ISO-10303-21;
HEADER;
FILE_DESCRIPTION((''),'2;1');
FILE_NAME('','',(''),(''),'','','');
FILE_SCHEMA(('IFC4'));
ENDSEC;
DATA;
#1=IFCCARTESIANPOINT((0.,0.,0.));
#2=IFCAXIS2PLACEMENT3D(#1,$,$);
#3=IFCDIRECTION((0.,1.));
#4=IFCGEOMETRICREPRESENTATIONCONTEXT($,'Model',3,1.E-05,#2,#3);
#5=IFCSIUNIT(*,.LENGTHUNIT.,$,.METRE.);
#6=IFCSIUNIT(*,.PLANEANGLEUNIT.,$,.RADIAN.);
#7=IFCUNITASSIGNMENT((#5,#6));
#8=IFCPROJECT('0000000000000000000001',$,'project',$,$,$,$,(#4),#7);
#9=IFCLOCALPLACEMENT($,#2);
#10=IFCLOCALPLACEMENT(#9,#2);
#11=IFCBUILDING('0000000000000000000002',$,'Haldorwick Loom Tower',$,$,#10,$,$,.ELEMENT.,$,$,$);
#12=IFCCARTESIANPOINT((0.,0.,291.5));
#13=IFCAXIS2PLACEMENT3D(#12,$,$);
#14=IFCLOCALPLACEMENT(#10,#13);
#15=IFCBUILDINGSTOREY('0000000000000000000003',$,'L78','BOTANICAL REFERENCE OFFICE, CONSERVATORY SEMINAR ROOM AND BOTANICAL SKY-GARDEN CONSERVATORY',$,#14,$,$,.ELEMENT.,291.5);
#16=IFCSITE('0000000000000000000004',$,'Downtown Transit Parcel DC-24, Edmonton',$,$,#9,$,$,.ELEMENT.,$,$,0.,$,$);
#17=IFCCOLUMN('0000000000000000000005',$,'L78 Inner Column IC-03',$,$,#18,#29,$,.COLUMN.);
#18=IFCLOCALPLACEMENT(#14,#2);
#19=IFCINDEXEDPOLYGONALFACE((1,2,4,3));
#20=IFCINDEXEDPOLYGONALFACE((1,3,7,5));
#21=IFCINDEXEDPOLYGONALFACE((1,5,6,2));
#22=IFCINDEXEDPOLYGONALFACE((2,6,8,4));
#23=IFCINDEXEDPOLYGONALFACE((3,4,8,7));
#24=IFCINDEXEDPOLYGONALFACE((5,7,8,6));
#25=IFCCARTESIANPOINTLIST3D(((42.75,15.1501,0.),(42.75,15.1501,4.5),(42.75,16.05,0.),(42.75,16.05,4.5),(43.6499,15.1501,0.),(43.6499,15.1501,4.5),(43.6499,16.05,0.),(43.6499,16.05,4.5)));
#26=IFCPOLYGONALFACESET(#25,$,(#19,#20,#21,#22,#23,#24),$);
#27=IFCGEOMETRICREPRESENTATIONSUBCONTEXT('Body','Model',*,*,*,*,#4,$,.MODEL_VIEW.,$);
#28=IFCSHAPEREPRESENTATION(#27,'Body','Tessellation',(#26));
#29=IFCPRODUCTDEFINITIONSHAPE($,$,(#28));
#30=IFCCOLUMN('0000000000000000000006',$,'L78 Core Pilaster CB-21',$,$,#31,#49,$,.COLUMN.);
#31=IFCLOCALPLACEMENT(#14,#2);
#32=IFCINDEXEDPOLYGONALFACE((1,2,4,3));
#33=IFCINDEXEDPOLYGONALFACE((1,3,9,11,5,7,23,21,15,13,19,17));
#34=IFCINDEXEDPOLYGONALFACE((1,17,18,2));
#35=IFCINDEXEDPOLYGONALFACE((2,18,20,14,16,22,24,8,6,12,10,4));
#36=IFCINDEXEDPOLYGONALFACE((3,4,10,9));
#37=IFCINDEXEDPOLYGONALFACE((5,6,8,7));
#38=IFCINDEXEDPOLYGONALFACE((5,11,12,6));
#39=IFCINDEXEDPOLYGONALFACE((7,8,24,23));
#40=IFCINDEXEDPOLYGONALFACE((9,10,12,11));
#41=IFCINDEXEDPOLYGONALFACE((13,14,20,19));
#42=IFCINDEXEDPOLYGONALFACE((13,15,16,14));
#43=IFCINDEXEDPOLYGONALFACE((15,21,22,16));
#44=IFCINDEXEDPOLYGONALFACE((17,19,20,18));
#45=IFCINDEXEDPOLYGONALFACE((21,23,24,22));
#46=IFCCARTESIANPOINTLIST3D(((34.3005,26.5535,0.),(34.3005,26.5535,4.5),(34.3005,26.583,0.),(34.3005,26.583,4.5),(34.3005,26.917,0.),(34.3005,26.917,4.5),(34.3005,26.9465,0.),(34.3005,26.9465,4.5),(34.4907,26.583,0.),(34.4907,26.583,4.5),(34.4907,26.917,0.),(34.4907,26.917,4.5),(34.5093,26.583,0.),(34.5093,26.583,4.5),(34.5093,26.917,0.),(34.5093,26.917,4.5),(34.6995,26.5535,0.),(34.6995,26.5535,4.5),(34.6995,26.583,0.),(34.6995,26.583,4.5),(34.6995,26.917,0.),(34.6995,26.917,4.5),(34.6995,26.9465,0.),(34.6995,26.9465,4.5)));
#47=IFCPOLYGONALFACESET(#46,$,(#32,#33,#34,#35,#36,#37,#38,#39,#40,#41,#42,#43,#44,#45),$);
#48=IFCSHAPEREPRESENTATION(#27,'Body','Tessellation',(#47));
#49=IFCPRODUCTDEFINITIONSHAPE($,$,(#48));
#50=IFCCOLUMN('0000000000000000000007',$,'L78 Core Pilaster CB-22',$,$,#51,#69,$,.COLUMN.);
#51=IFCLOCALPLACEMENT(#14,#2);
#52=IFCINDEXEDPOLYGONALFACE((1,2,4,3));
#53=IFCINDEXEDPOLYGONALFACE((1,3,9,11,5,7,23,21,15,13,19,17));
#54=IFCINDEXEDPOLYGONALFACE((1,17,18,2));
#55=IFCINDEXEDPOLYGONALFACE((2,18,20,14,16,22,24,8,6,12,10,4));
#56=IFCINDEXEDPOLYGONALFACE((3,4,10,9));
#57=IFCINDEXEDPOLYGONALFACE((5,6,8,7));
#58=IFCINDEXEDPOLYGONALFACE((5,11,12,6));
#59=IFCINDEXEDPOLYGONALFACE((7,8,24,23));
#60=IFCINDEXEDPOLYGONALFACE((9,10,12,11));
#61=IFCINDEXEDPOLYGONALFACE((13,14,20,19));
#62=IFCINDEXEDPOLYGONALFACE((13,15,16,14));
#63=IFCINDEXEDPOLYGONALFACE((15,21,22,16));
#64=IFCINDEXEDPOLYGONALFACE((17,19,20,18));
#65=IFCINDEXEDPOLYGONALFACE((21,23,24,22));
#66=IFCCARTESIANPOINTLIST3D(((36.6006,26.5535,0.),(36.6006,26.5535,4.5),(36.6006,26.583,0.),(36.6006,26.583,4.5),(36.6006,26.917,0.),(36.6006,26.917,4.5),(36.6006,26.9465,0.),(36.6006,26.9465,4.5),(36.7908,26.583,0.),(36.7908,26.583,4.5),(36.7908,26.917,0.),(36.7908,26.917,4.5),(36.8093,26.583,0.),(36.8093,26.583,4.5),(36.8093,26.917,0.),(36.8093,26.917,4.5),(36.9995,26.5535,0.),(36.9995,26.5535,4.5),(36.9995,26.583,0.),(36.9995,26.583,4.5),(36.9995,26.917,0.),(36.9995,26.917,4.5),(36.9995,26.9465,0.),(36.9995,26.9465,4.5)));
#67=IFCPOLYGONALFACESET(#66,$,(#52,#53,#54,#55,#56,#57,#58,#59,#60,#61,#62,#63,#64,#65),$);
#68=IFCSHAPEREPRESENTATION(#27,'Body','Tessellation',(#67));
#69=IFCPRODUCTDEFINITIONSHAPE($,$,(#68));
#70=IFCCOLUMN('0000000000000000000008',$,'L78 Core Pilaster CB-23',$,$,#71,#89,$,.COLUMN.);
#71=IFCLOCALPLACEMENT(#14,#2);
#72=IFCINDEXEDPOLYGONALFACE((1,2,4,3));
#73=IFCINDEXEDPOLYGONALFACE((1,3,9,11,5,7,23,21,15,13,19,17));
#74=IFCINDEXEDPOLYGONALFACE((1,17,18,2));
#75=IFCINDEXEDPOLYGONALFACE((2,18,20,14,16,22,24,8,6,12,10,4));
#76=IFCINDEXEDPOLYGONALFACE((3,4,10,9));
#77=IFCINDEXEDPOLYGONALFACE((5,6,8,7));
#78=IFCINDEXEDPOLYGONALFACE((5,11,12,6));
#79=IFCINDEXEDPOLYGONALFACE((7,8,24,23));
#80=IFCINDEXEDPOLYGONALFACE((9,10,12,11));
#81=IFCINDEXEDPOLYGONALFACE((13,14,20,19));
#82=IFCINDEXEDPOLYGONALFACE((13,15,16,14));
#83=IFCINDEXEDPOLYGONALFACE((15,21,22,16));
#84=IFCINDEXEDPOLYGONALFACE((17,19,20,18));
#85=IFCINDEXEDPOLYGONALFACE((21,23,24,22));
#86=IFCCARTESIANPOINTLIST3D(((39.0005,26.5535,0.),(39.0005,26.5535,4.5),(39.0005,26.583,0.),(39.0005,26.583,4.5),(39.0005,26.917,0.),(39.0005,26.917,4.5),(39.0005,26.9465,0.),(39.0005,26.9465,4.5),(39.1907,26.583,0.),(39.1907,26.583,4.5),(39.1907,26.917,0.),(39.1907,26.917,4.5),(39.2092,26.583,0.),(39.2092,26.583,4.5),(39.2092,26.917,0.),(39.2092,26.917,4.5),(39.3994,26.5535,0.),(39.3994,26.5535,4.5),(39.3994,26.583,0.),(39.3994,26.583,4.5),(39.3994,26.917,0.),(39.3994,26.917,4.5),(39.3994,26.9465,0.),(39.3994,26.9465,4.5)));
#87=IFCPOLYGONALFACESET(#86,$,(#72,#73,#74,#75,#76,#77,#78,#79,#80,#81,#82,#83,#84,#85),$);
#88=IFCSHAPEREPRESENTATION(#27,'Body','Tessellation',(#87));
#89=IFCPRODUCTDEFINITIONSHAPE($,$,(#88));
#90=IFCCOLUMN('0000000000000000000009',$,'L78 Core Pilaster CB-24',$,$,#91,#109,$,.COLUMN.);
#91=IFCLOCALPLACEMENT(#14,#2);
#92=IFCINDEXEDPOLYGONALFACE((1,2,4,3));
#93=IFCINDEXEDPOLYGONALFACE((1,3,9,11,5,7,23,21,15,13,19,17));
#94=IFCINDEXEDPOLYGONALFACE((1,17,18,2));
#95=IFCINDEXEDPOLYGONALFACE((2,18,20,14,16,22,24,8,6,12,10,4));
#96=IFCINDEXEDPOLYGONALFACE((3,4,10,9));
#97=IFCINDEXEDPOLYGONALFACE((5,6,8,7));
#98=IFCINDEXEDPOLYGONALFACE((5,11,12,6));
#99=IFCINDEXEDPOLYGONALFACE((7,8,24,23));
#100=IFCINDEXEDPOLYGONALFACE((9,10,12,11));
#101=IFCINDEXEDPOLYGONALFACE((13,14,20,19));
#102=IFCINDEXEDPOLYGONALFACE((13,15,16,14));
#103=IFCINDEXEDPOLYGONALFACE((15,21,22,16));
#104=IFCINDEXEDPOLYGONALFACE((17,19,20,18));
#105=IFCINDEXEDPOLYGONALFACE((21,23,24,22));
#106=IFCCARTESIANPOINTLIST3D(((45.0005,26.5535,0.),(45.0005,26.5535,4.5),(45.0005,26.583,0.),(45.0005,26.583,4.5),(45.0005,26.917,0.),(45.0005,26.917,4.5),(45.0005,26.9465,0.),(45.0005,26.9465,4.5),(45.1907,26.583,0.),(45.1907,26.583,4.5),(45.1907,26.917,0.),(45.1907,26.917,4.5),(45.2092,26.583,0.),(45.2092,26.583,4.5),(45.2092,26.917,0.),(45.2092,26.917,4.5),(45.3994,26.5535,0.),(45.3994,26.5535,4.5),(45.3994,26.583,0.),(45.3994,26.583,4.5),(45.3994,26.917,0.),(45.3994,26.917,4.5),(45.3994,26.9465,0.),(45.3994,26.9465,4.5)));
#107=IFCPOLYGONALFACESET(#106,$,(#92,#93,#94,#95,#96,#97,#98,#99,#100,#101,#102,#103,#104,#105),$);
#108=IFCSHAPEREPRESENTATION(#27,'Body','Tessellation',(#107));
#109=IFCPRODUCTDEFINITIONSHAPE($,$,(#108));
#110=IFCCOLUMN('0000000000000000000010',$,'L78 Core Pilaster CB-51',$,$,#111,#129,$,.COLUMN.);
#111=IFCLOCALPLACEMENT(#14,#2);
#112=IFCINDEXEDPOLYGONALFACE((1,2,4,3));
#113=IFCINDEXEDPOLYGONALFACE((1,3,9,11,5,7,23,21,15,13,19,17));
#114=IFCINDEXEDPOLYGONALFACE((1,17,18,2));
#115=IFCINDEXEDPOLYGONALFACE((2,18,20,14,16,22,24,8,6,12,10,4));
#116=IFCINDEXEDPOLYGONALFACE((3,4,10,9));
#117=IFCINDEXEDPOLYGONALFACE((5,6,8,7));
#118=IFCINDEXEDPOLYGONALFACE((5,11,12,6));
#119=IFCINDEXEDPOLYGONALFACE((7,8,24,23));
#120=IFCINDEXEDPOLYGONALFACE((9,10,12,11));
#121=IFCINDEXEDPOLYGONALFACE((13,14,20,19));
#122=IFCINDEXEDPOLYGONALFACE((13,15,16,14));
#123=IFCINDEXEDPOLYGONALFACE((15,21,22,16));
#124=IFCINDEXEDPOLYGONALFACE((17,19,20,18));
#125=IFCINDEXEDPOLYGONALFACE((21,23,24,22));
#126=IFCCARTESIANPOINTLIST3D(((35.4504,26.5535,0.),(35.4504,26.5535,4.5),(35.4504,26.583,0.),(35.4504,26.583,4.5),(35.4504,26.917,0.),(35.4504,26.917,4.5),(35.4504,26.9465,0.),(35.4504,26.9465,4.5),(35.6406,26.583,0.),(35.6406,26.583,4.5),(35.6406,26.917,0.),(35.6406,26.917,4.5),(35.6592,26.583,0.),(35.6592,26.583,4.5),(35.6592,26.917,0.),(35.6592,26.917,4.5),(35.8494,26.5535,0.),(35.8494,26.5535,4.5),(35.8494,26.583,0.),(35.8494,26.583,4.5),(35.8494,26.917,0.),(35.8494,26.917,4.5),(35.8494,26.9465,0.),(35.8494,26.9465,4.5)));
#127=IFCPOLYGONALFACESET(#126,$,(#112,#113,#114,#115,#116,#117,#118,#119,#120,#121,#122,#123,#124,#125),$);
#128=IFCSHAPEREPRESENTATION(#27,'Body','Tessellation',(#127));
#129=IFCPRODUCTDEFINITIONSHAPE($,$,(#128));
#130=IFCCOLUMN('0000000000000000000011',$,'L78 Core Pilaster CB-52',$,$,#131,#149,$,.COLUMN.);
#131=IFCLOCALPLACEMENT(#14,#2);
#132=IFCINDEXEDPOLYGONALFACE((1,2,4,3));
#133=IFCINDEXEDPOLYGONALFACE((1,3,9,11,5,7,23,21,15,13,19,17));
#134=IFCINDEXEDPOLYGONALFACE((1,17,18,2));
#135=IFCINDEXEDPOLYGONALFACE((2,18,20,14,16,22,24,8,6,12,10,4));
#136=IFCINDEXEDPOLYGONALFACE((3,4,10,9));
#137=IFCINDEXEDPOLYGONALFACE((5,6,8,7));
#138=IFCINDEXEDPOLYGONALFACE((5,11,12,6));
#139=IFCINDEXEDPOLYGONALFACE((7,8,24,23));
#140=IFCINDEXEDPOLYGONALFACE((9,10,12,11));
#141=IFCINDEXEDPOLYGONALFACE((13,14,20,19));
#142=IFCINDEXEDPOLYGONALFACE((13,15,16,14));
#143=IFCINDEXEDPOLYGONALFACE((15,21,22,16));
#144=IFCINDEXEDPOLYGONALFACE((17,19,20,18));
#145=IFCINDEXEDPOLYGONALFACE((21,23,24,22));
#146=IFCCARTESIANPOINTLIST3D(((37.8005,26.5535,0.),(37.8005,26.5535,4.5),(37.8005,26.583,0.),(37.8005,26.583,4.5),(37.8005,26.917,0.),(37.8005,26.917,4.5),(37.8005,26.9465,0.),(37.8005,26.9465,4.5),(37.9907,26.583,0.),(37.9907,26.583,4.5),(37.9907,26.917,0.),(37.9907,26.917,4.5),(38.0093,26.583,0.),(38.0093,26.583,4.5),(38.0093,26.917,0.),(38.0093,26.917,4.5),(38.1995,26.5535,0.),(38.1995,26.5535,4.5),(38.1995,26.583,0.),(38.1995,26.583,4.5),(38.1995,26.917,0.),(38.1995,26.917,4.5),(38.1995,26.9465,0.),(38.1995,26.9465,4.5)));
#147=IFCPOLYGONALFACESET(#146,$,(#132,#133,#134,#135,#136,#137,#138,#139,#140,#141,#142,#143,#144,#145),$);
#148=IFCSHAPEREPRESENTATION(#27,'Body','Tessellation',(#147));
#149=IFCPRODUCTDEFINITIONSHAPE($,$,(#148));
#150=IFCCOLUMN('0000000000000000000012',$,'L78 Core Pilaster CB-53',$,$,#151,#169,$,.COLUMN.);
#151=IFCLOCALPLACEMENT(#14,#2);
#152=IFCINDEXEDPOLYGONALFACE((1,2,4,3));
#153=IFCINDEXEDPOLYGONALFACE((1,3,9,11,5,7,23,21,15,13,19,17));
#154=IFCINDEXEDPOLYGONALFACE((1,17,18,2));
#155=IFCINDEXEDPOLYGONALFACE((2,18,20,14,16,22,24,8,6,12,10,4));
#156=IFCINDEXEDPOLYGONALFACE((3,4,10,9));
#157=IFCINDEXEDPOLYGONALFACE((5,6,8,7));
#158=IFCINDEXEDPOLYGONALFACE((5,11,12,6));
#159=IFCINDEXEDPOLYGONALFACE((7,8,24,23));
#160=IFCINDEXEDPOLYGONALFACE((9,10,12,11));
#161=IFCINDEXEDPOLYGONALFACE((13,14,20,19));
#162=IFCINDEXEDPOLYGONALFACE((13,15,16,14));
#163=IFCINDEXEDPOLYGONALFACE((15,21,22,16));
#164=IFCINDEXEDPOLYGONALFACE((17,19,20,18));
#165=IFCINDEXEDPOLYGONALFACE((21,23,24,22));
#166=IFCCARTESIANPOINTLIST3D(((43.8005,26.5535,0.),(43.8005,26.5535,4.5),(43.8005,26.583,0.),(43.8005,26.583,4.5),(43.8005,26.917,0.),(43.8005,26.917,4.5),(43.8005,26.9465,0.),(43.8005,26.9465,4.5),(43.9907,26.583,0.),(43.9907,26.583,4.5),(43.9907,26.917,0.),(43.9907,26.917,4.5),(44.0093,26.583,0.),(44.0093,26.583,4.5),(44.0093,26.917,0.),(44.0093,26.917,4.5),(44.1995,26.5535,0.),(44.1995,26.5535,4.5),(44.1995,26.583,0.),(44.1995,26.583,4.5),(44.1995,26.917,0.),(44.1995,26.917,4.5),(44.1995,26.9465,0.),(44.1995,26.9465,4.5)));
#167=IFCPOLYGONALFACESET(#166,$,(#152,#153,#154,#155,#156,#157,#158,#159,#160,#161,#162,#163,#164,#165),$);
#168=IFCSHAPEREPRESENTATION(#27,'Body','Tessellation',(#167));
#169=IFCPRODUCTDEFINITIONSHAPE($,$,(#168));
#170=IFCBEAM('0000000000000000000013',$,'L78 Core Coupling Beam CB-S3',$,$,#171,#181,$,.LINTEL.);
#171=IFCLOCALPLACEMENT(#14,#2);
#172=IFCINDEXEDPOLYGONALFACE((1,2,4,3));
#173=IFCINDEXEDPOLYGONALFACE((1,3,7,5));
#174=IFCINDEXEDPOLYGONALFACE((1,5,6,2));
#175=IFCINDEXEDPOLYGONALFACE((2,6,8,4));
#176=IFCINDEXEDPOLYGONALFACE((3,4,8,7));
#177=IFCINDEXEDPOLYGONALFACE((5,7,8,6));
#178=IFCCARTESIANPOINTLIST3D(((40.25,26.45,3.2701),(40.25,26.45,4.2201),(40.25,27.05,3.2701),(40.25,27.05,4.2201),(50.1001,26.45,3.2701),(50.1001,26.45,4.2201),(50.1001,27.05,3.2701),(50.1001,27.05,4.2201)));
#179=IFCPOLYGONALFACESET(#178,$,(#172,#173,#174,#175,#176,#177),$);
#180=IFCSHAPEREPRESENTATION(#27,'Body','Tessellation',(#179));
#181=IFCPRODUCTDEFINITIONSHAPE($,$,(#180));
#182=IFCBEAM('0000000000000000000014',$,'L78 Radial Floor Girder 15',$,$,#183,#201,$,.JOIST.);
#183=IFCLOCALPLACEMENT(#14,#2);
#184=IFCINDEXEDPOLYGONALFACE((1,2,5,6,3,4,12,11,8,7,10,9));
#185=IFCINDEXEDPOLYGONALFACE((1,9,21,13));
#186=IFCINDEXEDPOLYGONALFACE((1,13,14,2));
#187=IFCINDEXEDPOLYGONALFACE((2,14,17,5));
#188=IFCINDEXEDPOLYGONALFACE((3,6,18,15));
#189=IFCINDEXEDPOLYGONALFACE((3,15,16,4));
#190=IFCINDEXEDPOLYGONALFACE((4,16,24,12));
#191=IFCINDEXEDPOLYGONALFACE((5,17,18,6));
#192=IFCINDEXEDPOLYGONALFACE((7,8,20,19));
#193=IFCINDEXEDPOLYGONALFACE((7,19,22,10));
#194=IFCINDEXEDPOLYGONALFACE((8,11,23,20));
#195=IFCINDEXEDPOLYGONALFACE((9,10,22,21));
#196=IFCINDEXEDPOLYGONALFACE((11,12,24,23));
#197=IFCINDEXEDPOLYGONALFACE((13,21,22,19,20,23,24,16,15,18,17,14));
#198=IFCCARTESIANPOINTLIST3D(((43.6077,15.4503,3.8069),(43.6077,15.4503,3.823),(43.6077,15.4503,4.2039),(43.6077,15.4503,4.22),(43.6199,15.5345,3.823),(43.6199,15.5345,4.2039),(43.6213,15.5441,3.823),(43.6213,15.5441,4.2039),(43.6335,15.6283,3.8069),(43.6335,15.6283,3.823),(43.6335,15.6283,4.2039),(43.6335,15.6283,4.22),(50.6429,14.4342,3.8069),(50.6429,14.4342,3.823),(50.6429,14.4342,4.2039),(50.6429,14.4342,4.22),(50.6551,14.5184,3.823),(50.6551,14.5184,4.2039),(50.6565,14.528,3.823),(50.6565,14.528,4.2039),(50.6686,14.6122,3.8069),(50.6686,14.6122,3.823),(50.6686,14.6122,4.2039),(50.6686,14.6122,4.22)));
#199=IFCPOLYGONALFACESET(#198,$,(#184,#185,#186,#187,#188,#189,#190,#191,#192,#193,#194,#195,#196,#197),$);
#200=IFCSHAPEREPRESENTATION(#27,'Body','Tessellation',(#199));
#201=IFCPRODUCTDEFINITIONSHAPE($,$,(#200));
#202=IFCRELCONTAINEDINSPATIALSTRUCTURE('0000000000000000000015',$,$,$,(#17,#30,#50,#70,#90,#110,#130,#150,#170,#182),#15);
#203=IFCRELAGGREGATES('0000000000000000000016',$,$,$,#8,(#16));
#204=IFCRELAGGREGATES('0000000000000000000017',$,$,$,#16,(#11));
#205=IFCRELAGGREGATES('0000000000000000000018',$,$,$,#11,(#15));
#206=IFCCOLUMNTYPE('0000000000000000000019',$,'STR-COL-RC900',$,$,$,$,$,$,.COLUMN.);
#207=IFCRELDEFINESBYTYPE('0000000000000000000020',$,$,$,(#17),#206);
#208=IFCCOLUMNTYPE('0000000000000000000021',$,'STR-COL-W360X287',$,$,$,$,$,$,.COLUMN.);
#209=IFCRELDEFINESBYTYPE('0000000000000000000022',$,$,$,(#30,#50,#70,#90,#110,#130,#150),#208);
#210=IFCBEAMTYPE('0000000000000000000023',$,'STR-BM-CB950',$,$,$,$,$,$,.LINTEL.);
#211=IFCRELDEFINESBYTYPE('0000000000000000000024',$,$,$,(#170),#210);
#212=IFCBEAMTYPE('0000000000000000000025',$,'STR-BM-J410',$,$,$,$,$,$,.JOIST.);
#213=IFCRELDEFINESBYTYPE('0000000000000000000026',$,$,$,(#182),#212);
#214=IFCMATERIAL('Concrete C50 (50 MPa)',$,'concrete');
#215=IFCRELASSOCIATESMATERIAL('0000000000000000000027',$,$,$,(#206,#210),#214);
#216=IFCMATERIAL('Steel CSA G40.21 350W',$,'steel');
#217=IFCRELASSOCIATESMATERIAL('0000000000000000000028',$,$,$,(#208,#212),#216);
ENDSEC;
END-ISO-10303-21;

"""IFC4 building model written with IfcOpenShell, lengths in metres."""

from ifc_helpers import new_model, si_unit, direction, frame, origin, origin_2d, place, context, subcontext, project, spatial, rectangle, i_section, extrude, material, material_profile, profile_set, type_object, element, save


model = new_model("IFC4")

# Units and contexts
model_context = context("Model", 3, precision=1e-05, world=origin(), true_north=direction((0.0, 1.0)))
body_context = subcontext(model_context, "Body", "Model", "MODEL_VIEW")
ifc_project = project(units=[si_unit("LENGTHUNIT", "METRE"), si_unit("PLANEANGLEUNIT", "RADIAN")], contexts=[model_context])

# Site, building, storey
site_placement = place(None, origin())
site = spatial("IfcSite", under=ifc_project, at=site_placement, Name="Downtown Transit Parcel DC-24, Edmonton", CompositionType="ELEMENT", RefElevation=0.0)
building_placement = place(site_placement, origin())
building = spatial("IfcBuilding", under=site, at=building_placement, Name="Haldorwick Loom Tower", CompositionType="ELEMENT")
storey_placement = place(building_placement, frame((0.0, 0.0, 291.5)))
storey = spatial("IfcBuildingStorey", under=building, at=storey_placement, Name="L78", Description="BOTANICAL REFERENCE OFFICE, CONSERVATORY SEMINAR ROOM AND BOTANICAL SKY-GARDEN CONSERVATORY", CompositionType="ELEMENT", Elevation=291.5)

# Columns
ifc_material_1 = material(Name="Concrete C50 (50 MPa)", Category="concrete")
ifc_material_profile_1 = material_profile(ifc_material_1, rectangle(XDim=0.8999, YDim=0.8999, at=origin_2d()), Name="RC900X900", Category="concrete")
ifc_profile_set_1 = profile_set([ifc_material_profile_1], Name="Concrete C50 (50 MPa)")
column_type_1 = type_object("IfcColumnType", Name="STR-COL-RC900", PredefinedType="COLUMN", material=ifc_profile_set_1)
column_placement = place(storey_placement, frame((43.2, 15.6001, 0.0), z_axis=(0.0, 0.0, 1.0), x_axis=(1.0, 0.0, 0.0)))
element("IfcColumn", 1, at=column_placement, inside=storey, type_object=column_type_1, Name="L78 Inner Column IC-03", PredefinedType="COLUMN", context=body_context, shape_type="SweptSolid", body=[
    extrude(rectangle(XDim=0.8999, YDim=0.8999, at=origin_2d()), origin(), (0.0, 0.0, 1.0), 4.5),
])
ifc_material_2 = material(Name="Steel CSA G40.21 350W", Category="steel")
ifc_material_profile_2 = material_profile(ifc_material_2, i_section(OverallWidth=0.3989, OverallDepth=0.3931, WebThickness=0.0186, FlangeThickness=0.0295, at=origin_2d()), Name="W360X287", Category="steel")
ifc_profile_set_2 = profile_set([ifc_material_profile_2], Name="Steel CSA G40.21 350W")
column_type_2 = type_object("IfcColumnType", Name="STR-COL-W360X287", PredefinedType="COLUMN", material=ifc_profile_set_2)
for number, where, z_axis, x_axis, name in (
    (2, (34.5, 26.75, 0.0), (0.0, 0.0, 1.0), (1.0, 0.0, 0.0), "L78 Core Pilaster CB-21"),
    (3, (36.8, 26.75, 0.0), (0.0, 0.0, 1.0), (1.0, 0.0, 0.0), "L78 Core Pilaster CB-22"),
    (4, (39.2, 26.75, 0.0), (0.0, 0.0, 1.0), (1.0, 0.0, 0.0), "L78 Core Pilaster CB-23"),
    (5, (45.2, 26.75, 0.0), (0.0, 0.0, 1.0), (1.0, 0.0, 0.0), "L78 Core Pilaster CB-24"),
    (6, (35.6499, 26.75, 0.0), (0.0, 0.0, 1.0), (1.0, 0.0, 0.0), "L78 Core Pilaster CB-51"),
    (7, (38.0, 26.75, 0.0), (0.0, 0.0, 1.0), (1.0, 0.0, 0.0), "L78 Core Pilaster CB-52"),
    (8, (44.0, 26.75, 0.0), (0.0, 0.0, 1.0), (1.0, 0.0, 0.0), "L78 Core Pilaster CB-53"),
):
    element("IfcColumn", number, at=place(storey_placement, frame(where, z_axis=z_axis, x_axis=x_axis)), inside=storey, type_object=column_type_2, Name=name, PredefinedType="COLUMN", context=body_context, shape_type="SweptSolid", body=[
        extrude(i_section(OverallWidth=0.3989, OverallDepth=0.3931, WebThickness=0.0186, FlangeThickness=0.0295, at=origin_2d()), origin(), (0.0, 0.0, 1.0), 4.5),
    ])

# Beams
ifc_material_profile_3 = material_profile(ifc_material_1, rectangle(XDim=0.6001, YDim=0.95, at=origin_2d()), Name="RC600X950", Category="concrete")
ifc_profile_set_3 = profile_set([ifc_material_profile_3], Name="Concrete C50 (50 MPa)")
beam_type_1 = type_object("IfcBeamType", Name="STR-BM-CB950", PredefinedType="LINTEL", material=ifc_profile_set_3)
beam_1_placement = place(storey_placement, frame((40.25, 26.75, 3.7451), z_axis=(1.0, 0.0, 0.0), x_axis=(0.0, 1.0, 0.0)))
element("IfcBeam", 9, at=beam_1_placement, inside=storey, type_object=beam_type_1, Name="L78 Core Coupling Beam CB-S3", PredefinedType="LINTEL", context=body_context, shape_type="SweptSolid", body=[
    extrude(rectangle(XDim=0.6001, YDim=0.95, at=origin_2d()), origin(), (0.0, 0.0, 1.0), 9.8501),
])
ifc_material_profile_4 = material_profile(ifc_material_2, i_section(OverallWidth=0.1799, OverallDepth=0.4131, WebThickness=0.0098, FlangeThickness=0.0161, at=origin_2d()), Name="W410X74", Category="steel")
ifc_profile_set_4 = profile_set([ifc_material_profile_4], Name="Steel CSA G40.21 350W")
beam_type_2 = type_object("IfcBeamType", Name="STR-BM-J410", PredefinedType="JOIST", material=ifc_profile_set_4)
beam_2_placement = place(storey_placement, frame((43.6206, 15.5393, 4.0134), z_axis=(0.98973, -0.14295, 0.0), x_axis=(0.14295, 0.98973, 0.0)))
element("IfcBeam", 10, at=beam_2_placement, inside=storey, type_object=beam_type_2, Name="L78 Radial Floor Girder 15", PredefinedType="JOIST", context=body_context, shape_type="SweptSolid", body=[
    extrude(i_section(OverallWidth=0.1799, OverallDepth=0.4131, WebThickness=0.0098, FlangeThickness=0.0161, at=origin_2d()), origin(), (0.0, 0.0, 1.0), 7.1082),
])

save(model, "model.ifc")
